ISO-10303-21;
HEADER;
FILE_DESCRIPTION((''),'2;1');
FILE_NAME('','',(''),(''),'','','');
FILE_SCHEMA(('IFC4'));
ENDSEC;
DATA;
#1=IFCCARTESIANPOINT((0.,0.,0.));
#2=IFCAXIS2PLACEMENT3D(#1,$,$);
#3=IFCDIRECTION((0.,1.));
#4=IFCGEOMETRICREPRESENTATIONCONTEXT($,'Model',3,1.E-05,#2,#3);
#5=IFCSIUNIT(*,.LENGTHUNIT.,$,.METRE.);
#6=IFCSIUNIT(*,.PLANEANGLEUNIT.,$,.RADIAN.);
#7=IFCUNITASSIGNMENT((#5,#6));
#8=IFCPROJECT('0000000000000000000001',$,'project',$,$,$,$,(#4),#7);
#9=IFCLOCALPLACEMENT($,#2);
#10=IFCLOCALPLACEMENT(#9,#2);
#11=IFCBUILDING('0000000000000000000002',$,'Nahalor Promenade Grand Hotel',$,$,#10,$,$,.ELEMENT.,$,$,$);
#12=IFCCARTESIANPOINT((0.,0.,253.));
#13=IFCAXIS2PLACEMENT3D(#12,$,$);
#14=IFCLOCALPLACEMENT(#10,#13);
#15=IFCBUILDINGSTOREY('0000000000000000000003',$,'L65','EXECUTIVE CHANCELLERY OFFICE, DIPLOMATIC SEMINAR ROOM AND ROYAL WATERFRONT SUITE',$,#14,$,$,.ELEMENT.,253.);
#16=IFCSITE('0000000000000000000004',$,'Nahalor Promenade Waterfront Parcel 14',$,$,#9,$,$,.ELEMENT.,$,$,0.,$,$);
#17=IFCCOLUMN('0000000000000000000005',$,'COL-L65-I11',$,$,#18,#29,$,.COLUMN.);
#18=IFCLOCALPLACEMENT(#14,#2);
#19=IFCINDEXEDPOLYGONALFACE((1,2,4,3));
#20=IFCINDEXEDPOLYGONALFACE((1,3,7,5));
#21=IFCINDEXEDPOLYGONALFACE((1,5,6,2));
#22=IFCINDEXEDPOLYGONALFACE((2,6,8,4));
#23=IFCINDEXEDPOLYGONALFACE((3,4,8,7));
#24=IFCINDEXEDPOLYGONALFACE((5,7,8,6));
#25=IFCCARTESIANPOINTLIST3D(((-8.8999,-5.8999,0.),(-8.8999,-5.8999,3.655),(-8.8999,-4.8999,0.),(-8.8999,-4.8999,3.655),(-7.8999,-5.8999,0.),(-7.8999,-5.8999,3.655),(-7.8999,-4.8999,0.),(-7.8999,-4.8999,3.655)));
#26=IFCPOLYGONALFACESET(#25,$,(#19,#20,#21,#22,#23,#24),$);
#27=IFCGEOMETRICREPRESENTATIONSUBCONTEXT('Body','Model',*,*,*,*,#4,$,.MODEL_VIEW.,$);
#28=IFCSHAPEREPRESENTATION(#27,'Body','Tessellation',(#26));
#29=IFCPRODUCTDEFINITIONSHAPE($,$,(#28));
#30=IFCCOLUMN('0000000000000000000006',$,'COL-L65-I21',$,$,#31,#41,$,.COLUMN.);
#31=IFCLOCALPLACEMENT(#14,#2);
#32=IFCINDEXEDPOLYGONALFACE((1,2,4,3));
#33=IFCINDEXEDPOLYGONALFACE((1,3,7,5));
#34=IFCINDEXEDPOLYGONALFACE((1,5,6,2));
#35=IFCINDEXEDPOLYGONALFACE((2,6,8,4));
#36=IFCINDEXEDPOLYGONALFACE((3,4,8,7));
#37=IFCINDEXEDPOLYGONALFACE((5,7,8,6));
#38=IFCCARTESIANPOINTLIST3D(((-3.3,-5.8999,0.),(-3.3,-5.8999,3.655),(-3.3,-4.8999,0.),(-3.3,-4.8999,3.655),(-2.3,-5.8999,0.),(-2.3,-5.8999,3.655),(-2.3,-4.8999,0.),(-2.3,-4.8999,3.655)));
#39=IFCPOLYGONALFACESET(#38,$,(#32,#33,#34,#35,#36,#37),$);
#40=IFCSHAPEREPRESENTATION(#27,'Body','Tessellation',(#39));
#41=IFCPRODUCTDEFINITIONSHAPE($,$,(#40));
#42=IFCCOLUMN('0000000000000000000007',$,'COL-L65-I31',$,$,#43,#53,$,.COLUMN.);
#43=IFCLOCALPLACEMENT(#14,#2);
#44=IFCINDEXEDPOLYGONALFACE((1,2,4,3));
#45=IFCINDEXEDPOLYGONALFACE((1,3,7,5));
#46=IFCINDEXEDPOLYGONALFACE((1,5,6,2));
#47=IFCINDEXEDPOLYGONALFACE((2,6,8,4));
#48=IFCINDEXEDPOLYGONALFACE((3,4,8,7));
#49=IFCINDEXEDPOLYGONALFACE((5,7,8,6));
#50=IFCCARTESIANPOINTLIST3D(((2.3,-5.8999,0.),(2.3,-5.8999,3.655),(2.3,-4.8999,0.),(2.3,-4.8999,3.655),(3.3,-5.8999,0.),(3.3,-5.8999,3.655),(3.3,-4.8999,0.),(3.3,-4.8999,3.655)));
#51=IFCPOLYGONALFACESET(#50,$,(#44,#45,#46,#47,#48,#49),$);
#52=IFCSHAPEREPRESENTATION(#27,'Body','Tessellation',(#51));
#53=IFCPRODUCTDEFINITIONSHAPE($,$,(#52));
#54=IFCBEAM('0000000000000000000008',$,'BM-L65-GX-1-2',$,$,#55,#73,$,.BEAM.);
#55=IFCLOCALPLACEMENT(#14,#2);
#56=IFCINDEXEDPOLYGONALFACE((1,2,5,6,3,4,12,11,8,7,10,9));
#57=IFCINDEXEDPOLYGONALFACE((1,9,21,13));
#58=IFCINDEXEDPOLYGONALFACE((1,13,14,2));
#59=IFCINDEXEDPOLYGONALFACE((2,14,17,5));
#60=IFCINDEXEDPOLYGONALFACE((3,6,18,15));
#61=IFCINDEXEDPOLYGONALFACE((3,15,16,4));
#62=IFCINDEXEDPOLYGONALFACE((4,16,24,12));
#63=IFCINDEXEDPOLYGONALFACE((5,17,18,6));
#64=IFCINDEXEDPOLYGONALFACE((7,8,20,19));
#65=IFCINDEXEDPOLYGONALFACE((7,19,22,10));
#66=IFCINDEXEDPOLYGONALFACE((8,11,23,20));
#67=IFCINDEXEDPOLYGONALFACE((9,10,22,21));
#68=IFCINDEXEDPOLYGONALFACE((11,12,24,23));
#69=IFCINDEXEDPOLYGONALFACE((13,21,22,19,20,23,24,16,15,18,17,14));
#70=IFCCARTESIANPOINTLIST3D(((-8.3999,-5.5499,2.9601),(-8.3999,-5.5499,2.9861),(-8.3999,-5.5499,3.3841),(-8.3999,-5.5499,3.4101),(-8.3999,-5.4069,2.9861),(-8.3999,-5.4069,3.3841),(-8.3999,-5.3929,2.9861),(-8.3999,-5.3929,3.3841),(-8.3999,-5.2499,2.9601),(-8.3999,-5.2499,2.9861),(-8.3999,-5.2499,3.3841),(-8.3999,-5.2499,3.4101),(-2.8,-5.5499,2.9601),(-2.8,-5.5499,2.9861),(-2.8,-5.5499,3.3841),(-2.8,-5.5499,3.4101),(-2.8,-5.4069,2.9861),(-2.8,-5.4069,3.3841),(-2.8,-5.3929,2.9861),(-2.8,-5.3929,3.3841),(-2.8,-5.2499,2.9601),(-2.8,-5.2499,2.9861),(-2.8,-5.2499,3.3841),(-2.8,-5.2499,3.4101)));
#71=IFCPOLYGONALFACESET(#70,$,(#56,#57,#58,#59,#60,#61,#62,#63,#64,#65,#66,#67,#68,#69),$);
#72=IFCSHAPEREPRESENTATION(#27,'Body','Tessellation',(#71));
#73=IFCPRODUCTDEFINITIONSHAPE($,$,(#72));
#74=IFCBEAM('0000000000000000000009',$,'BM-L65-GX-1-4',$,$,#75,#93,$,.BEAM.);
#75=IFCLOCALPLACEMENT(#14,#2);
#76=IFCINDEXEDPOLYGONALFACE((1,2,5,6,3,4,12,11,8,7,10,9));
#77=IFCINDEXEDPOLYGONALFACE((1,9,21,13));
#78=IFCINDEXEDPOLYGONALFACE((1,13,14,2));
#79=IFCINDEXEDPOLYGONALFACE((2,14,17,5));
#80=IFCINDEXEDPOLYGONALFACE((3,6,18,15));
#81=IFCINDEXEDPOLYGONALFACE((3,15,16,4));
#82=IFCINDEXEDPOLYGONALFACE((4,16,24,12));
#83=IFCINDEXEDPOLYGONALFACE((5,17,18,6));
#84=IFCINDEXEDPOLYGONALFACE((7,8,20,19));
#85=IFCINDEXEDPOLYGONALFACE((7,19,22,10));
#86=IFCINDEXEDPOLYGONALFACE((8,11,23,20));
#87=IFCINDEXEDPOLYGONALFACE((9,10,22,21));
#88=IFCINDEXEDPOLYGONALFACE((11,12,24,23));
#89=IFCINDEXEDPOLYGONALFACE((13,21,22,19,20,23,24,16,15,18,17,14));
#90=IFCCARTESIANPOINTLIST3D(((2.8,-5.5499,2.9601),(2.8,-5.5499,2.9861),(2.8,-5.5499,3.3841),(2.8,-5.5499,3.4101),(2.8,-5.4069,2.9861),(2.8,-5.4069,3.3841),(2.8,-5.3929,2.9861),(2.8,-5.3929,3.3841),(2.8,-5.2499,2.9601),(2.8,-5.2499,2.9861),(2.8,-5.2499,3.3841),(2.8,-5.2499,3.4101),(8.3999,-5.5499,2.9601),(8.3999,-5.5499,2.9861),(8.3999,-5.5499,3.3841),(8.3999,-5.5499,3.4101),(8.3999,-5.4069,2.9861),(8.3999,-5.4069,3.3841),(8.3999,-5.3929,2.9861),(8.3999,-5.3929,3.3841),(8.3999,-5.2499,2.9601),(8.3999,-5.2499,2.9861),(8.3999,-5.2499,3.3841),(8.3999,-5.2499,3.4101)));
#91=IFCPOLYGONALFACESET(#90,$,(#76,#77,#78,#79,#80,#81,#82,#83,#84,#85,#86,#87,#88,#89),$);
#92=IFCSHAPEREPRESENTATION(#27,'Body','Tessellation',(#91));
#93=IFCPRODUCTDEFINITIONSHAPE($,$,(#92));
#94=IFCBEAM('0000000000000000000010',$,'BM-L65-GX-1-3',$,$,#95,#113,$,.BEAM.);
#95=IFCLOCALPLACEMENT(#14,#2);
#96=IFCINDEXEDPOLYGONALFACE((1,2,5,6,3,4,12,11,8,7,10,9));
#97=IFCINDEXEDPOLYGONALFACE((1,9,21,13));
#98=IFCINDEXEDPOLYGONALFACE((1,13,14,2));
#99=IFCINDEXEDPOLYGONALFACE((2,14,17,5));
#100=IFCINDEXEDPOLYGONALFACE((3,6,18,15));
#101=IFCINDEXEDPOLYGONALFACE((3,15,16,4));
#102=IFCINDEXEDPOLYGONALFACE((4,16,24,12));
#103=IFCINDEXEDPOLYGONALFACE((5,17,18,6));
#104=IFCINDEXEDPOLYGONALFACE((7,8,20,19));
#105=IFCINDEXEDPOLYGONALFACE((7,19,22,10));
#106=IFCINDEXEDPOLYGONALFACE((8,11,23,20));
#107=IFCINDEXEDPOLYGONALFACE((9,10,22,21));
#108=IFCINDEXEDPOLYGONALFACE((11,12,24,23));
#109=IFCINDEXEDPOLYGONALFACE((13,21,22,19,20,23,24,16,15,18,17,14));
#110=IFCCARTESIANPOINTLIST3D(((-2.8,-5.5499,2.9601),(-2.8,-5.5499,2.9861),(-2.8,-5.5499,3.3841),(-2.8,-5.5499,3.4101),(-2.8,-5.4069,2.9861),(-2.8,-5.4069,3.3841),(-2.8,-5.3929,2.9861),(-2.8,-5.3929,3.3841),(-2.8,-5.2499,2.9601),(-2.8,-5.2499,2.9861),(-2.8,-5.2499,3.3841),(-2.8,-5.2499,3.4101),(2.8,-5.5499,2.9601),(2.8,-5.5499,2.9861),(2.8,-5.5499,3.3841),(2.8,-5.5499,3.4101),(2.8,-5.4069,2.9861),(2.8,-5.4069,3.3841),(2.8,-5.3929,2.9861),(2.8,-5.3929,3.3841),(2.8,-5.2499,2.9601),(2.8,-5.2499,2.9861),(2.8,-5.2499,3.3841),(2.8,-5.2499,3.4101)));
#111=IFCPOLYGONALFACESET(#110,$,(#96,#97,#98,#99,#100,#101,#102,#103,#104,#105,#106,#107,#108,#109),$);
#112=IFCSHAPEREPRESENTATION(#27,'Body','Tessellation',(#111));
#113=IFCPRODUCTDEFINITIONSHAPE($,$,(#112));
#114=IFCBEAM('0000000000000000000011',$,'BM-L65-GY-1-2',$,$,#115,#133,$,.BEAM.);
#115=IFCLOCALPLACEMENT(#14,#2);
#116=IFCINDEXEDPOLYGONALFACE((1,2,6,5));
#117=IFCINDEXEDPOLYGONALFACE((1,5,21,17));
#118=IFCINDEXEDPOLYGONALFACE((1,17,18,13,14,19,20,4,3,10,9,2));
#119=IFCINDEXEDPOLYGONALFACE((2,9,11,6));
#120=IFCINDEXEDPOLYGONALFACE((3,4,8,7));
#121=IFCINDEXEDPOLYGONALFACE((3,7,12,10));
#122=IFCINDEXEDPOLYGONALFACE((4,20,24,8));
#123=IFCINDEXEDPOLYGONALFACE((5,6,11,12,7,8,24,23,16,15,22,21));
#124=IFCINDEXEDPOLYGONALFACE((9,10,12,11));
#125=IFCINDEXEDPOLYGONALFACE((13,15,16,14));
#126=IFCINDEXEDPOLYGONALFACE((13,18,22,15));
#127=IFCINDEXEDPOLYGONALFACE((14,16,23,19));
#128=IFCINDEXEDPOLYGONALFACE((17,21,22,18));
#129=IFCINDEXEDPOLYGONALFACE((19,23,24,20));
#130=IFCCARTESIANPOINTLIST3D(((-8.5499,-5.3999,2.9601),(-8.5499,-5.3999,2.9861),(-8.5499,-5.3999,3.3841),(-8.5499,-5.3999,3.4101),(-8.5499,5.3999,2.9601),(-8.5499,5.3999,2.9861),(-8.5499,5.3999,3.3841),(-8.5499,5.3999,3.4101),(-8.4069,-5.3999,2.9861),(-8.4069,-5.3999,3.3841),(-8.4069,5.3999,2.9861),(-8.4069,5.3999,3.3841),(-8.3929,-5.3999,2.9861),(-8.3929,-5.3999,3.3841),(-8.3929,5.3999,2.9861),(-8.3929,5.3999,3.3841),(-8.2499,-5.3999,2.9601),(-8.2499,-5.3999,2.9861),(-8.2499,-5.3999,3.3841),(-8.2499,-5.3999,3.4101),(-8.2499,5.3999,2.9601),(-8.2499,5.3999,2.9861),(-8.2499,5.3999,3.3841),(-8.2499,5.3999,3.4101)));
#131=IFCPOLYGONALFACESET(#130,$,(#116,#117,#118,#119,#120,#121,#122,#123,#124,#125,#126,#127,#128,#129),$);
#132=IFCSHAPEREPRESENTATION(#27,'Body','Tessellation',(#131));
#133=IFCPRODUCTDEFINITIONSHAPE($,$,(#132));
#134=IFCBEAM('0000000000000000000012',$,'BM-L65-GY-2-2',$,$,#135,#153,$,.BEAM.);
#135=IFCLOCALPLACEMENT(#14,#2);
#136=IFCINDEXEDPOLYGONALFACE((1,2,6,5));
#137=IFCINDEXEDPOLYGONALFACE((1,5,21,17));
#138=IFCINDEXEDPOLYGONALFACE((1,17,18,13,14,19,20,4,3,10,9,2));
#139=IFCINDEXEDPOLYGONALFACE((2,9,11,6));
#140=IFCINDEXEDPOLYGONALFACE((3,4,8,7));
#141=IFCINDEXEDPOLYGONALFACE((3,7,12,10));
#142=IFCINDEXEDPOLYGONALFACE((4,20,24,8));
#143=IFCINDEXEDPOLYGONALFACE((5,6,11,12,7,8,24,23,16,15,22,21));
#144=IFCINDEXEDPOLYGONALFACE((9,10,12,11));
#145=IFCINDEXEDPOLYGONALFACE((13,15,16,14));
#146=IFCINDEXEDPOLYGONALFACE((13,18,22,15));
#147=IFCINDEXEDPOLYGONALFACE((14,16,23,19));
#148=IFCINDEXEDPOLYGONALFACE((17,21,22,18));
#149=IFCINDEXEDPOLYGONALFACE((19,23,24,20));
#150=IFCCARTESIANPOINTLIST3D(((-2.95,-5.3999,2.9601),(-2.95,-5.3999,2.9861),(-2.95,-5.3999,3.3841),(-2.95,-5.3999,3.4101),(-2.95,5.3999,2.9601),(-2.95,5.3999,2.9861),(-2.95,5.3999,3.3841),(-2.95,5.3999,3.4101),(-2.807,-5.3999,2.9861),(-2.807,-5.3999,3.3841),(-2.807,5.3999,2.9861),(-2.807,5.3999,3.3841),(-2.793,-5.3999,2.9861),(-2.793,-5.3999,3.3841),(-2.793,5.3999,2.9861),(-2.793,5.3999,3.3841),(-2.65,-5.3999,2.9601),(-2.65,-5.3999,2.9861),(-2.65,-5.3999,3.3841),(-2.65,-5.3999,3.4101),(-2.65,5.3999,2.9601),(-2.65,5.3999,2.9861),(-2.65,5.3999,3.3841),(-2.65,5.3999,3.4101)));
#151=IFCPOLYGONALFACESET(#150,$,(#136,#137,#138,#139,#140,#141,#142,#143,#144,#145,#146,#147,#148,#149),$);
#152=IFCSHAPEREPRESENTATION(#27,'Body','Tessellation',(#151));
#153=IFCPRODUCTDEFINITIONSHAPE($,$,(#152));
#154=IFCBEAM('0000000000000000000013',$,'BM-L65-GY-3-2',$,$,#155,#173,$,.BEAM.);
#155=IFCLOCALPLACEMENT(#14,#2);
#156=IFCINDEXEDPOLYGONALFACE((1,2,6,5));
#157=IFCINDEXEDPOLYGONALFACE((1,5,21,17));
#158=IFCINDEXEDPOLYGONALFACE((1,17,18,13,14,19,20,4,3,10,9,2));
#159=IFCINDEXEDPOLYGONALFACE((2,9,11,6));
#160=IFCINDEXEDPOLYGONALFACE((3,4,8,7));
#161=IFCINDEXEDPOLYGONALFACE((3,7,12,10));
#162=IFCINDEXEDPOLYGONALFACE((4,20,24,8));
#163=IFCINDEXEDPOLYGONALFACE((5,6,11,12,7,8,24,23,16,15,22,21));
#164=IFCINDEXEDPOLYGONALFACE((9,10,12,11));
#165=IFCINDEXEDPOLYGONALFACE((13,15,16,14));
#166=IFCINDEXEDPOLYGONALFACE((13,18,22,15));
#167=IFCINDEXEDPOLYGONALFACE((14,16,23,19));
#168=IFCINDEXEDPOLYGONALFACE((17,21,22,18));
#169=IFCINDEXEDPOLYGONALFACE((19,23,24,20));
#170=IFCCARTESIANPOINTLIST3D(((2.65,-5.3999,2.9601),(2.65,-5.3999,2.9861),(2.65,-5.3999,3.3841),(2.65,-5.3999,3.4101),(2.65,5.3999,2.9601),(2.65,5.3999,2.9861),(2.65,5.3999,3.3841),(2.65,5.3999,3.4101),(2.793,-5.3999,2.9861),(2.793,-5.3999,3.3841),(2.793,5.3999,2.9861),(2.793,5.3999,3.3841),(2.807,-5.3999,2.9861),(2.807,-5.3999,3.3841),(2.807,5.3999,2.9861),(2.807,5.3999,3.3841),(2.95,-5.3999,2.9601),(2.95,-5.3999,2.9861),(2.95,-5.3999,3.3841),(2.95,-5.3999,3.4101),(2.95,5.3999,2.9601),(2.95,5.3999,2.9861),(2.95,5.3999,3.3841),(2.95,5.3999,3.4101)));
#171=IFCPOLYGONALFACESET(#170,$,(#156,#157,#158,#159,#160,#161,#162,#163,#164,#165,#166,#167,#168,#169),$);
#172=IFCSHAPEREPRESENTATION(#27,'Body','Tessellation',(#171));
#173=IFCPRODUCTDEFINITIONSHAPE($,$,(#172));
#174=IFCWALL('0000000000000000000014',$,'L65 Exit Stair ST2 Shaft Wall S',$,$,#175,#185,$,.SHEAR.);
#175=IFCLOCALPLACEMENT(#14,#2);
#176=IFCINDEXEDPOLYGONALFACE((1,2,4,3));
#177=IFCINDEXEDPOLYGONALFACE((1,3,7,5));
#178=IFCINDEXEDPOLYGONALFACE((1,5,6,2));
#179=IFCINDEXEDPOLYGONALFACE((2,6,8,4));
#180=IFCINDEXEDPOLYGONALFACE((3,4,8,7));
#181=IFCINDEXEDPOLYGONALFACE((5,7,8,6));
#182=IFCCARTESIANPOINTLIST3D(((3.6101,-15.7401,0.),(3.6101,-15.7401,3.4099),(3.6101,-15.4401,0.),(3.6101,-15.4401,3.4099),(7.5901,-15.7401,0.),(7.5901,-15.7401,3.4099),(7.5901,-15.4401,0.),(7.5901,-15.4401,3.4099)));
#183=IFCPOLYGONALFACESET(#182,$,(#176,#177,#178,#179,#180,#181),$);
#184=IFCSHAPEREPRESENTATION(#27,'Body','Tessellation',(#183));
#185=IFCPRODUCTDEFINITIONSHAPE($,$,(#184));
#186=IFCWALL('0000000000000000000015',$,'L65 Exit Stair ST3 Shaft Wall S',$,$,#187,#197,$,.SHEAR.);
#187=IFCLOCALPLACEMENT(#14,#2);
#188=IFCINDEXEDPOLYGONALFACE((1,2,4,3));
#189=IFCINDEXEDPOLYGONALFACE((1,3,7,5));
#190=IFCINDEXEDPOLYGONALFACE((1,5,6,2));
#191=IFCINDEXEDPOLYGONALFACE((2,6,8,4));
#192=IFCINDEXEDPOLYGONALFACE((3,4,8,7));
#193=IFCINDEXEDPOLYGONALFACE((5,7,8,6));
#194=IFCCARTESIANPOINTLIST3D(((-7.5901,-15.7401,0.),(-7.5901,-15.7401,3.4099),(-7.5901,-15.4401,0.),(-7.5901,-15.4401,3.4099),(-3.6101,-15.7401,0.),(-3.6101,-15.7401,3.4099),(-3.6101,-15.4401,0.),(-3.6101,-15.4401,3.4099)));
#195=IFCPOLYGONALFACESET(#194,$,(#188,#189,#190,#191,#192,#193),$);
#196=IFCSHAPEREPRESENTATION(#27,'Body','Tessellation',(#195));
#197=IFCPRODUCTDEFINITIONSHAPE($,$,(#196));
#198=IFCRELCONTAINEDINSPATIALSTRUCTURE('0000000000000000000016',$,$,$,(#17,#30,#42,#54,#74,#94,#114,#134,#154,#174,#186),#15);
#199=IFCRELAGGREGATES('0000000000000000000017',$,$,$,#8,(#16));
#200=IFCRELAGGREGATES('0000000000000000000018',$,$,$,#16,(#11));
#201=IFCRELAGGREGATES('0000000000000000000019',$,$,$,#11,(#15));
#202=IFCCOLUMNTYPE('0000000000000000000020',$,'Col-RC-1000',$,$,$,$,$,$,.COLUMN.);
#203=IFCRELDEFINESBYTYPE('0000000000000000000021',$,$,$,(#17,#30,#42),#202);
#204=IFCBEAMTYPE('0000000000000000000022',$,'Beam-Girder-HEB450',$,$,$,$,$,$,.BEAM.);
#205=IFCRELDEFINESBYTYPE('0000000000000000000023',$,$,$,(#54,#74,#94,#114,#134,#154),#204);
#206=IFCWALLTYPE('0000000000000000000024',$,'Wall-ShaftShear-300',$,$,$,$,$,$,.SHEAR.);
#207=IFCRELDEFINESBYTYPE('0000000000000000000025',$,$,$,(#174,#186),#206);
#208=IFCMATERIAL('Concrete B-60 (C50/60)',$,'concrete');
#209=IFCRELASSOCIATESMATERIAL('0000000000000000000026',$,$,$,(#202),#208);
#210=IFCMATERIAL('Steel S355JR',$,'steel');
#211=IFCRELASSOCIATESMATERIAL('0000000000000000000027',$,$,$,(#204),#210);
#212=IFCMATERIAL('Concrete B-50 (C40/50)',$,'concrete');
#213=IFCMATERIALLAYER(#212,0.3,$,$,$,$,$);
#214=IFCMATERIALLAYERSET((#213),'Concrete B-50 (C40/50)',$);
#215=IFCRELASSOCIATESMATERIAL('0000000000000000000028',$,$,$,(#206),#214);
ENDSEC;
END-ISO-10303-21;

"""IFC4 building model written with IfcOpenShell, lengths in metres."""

from ifc_helpers import new_model, si_unit, direction, frame, frame_2d, origin, origin_2d, place, context, subcontext, project, spatial, rectangle, i_section, extrude, source, transform, mapped, material, layer, layer_set, material_profile, profile_set, type_object, element, save


model = new_model("IFC4")

# Units and contexts
model_context = context("Model", 3, precision=1e-05, world=origin(), true_north=direction((0.0, 1.0)))
body_context = subcontext(model_context, "Body", "Model", "MODEL_VIEW")
ifc_project = project(units=[si_unit("LENGTHUNIT", "METRE"), si_unit("PLANEANGLEUNIT", "RADIAN")], contexts=[model_context])

# Site, building, storey
site_placement = place(None, origin())
site = spatial("IfcSite", under=ifc_project, at=site_placement, Name="Nahalor Promenade Waterfront Parcel 14", CompositionType="ELEMENT", RefElevation=0.0)
building_placement = place(site_placement, origin())
building = spatial("IfcBuilding", under=site, at=building_placement, Name="Nahalor Promenade Grand Hotel", CompositionType="ELEMENT")
storey_placement = place(building_placement, frame((0.0, 0.0, 253.0)))
storey = spatial("IfcBuildingStorey", under=building, at=storey_placement, Name="L65", Description="EXECUTIVE CHANCELLERY OFFICE, DIPLOMATIC SEMINAR ROOM AND ROYAL WATERFRONT SUITE", CompositionType="ELEMENT", Elevation=253.0)

# Columns
ifc_material_1 = material(Name="Concrete B-60 (C50/60)", Category="concrete")
ifc_material_profile_1 = material_profile(ifc_material_1, rectangle(XDim=1.0, YDim=1.0, at=origin_2d()), Name="RC 1000x1000")
ifc_profile_set_1 = profile_set([ifc_material_profile_1], Name="Concrete B-60 (C50/60)")
column_type = type_object("IfcColumnType", Name="Col-RC-1000", PredefinedType="COLUMN", material=ifc_profile_set_1)
shared_shape_1 = source(origin(), body_context, "Body", "SweptSolid", [
    extrude(rectangle(XDim=1.0, YDim=1.0, at=origin_2d()), origin(), (0.0, 0.0, 1.0), 3.655),
])
for number, where, z_axis, x_axis, name in (
    (1, (-8.3999, -5.3999, 0.0), (0.0, 0.0, 1.0), (1.0, 0.0, 0.0), "COL-L65-I11"),
    (2, (-2.8, -5.3999, 0.0), (0.0, 0.0, 1.0), (1.0, 0.0, 0.0), "COL-L65-I21"),
    (3, (2.8, -5.3999, 0.0), (0.0, 0.0, 1.0), (1.0, 0.0, 0.0), "COL-L65-I31"),
):
    element("IfcColumn", number, at=place(storey_placement, frame(where, z_axis=z_axis, x_axis=x_axis)), inside=storey, type_object=column_type, Name=name, PredefinedType="COLUMN", context=body_context, shape_type="MappedRepresentation", body=[
        mapped(shared_shape_1, transform((0.0, 0.0, 0.0), scale=1.0)),
    ])

# Beams
ifc_material_2 = material(Name="Steel S355JR", Category="steel")
ifc_material_profile_2 = material_profile(ifc_material_2, i_section(OverallWidth=0.3, OverallDepth=0.45, WebThickness=0.014, FlangeThickness=0.026, at=origin_2d()), Name="HEB 450")
ifc_profile_set_2 = profile_set([ifc_material_profile_2], Name="Steel S355JR")
beam_type = type_object("IfcBeamType", Name="Beam-Girder-HEB450", PredefinedType="BEAM", material=ifc_profile_set_2)
shared_shape_2 = source(origin(), body_context, "Body", "SweptSolid", [
    extrude(i_section(OverallWidth=0.3, OverallDepth=0.45, WebThickness=0.014, FlangeThickness=0.026, at=origin_2d()), origin(), (0.0, 0.0, 1.0), 5.5999),
])
for number, where, z_axis, x_axis, name in (
    (4, (-8.3999, -5.3999, 3.1851), (1.0, 0.0, 0.0), (0.0, 1.0, 0.0), "BM-L65-GX-1-2"),
    (5, (2.8, -5.3999, 3.1851), (1.0, 0.0, 0.0), (0.0, 1.0, 0.0), "BM-L65-GX-1-4"),
):
    element("IfcBeam", number, at=place(storey_placement, frame(where, z_axis=z_axis, x_axis=x_axis)), inside=storey, type_object=beam_type, Name=name, PredefinedType="BEAM", context=body_context, shape_type="MappedRepresentation", body=[
        mapped(shared_shape_2, transform((0.0, 0.0, 0.0), scale=1.0)),
    ])
shared_shape_3 = source(origin(), body_context, "Body", "SweptSolid", [
    extrude(i_section(OverallWidth=0.3, OverallDepth=0.45, WebThickness=0.014, FlangeThickness=0.026, at=origin_2d()), origin(), (0.0, 0.0, 1.0), 5.6001),
])
beam_placement = place(storey_placement, frame((-2.8, -5.3999, 3.1851), z_axis=(1.0, 0.0, 0.0), x_axis=(0.0, 1.0, 0.0)))
element("IfcBeam", 6, at=beam_placement, inside=storey, type_object=beam_type, Name="BM-L65-GX-1-3", PredefinedType="BEAM", context=body_context, shape_type="MappedRepresentation", body=[
    mapped(shared_shape_3, transform((0.0, 0.0, 0.0), scale=1.0)),
])
shared_shape_4 = source(origin(), body_context, "Body", "SweptSolid", [
    extrude(i_section(OverallWidth=0.3, OverallDepth=0.45, WebThickness=0.014, FlangeThickness=0.026, at=origin_2d()), origin(), (0.0, 0.0, 1.0), 10.7998),
])
for number, where, z_axis, x_axis, name in (
    (7, (-8.3999, -5.3999, 3.1851), (0.0, 1.0, 0.0), (-1.0, 0.0, 0.0), "BM-L65-GY-1-2"),
    (8, (-2.8, -5.3999, 3.1851), (0.0, 1.0, 0.0), (-1.0, 0.0, 0.0), "BM-L65-GY-2-2"),
    (9, (2.8, -5.3999, 3.1851), (0.0, 1.0, 0.0), (-1.0, 0.0, 0.0), "BM-L65-GY-3-2"),
):
    element("IfcBeam", number, at=place(storey_placement, frame(where, z_axis=z_axis, x_axis=x_axis)), inside=storey, type_object=beam_type, Name=name, PredefinedType="BEAM", context=body_context, shape_type="MappedRepresentation", body=[
        mapped(shared_shape_4, transform((0.0, 0.0, 0.0), scale=1.0)),
    ])

# Walls
ifc_material_3 = material(Name="Concrete B-50 (C40/50)", Category="concrete")
ifc_layer_1 = layer(ifc_material_3, 0.3)
ifc_layer_set_1 = layer_set([ifc_layer_1], Name="Concrete B-50 (C40/50)")
wall_type_1 = type_object("IfcWallType", Name="Wall-ShaftShear-300", PredefinedType="SHEAR", material=ifc_layer_set_1)
shared_shape_5 = source(origin(), body_context, "Body", "SweptSolid", [
    extrude(rectangle(XDim=3.98, YDim=0.3, at=frame_2d((1.99, 0.0))), origin(), (0.0, 0.0, 1.0), 3.4099),
])
for number, where, z_axis, x_axis, name in (
    (10, (3.6101, -15.5901, 0.0), (0.0, 0.0, 1.0), (1.0, 0.0, 0.0), "L65 Exit Stair ST2 Shaft Wall S"),
    (11, (-7.5901, -15.5901, 0.0), (0.0, 0.0, 1.0), (1.0, 0.0, 0.0), "L65 Exit Stair ST3 Shaft Wall S"),
):
    element("IfcWall", number, at=place(storey_placement, frame(where, z_axis=z_axis, x_axis=x_axis)), inside=storey, type_object=wall_type_1, Name=name, PredefinedType="SHEAR", context=body_context, shape_type="MappedRepresentation", body=[
        mapped(shared_shape_5, transform((0.0, 0.0, 0.0), scale=1.0)),
    ])

save(model, "model.ifc")
